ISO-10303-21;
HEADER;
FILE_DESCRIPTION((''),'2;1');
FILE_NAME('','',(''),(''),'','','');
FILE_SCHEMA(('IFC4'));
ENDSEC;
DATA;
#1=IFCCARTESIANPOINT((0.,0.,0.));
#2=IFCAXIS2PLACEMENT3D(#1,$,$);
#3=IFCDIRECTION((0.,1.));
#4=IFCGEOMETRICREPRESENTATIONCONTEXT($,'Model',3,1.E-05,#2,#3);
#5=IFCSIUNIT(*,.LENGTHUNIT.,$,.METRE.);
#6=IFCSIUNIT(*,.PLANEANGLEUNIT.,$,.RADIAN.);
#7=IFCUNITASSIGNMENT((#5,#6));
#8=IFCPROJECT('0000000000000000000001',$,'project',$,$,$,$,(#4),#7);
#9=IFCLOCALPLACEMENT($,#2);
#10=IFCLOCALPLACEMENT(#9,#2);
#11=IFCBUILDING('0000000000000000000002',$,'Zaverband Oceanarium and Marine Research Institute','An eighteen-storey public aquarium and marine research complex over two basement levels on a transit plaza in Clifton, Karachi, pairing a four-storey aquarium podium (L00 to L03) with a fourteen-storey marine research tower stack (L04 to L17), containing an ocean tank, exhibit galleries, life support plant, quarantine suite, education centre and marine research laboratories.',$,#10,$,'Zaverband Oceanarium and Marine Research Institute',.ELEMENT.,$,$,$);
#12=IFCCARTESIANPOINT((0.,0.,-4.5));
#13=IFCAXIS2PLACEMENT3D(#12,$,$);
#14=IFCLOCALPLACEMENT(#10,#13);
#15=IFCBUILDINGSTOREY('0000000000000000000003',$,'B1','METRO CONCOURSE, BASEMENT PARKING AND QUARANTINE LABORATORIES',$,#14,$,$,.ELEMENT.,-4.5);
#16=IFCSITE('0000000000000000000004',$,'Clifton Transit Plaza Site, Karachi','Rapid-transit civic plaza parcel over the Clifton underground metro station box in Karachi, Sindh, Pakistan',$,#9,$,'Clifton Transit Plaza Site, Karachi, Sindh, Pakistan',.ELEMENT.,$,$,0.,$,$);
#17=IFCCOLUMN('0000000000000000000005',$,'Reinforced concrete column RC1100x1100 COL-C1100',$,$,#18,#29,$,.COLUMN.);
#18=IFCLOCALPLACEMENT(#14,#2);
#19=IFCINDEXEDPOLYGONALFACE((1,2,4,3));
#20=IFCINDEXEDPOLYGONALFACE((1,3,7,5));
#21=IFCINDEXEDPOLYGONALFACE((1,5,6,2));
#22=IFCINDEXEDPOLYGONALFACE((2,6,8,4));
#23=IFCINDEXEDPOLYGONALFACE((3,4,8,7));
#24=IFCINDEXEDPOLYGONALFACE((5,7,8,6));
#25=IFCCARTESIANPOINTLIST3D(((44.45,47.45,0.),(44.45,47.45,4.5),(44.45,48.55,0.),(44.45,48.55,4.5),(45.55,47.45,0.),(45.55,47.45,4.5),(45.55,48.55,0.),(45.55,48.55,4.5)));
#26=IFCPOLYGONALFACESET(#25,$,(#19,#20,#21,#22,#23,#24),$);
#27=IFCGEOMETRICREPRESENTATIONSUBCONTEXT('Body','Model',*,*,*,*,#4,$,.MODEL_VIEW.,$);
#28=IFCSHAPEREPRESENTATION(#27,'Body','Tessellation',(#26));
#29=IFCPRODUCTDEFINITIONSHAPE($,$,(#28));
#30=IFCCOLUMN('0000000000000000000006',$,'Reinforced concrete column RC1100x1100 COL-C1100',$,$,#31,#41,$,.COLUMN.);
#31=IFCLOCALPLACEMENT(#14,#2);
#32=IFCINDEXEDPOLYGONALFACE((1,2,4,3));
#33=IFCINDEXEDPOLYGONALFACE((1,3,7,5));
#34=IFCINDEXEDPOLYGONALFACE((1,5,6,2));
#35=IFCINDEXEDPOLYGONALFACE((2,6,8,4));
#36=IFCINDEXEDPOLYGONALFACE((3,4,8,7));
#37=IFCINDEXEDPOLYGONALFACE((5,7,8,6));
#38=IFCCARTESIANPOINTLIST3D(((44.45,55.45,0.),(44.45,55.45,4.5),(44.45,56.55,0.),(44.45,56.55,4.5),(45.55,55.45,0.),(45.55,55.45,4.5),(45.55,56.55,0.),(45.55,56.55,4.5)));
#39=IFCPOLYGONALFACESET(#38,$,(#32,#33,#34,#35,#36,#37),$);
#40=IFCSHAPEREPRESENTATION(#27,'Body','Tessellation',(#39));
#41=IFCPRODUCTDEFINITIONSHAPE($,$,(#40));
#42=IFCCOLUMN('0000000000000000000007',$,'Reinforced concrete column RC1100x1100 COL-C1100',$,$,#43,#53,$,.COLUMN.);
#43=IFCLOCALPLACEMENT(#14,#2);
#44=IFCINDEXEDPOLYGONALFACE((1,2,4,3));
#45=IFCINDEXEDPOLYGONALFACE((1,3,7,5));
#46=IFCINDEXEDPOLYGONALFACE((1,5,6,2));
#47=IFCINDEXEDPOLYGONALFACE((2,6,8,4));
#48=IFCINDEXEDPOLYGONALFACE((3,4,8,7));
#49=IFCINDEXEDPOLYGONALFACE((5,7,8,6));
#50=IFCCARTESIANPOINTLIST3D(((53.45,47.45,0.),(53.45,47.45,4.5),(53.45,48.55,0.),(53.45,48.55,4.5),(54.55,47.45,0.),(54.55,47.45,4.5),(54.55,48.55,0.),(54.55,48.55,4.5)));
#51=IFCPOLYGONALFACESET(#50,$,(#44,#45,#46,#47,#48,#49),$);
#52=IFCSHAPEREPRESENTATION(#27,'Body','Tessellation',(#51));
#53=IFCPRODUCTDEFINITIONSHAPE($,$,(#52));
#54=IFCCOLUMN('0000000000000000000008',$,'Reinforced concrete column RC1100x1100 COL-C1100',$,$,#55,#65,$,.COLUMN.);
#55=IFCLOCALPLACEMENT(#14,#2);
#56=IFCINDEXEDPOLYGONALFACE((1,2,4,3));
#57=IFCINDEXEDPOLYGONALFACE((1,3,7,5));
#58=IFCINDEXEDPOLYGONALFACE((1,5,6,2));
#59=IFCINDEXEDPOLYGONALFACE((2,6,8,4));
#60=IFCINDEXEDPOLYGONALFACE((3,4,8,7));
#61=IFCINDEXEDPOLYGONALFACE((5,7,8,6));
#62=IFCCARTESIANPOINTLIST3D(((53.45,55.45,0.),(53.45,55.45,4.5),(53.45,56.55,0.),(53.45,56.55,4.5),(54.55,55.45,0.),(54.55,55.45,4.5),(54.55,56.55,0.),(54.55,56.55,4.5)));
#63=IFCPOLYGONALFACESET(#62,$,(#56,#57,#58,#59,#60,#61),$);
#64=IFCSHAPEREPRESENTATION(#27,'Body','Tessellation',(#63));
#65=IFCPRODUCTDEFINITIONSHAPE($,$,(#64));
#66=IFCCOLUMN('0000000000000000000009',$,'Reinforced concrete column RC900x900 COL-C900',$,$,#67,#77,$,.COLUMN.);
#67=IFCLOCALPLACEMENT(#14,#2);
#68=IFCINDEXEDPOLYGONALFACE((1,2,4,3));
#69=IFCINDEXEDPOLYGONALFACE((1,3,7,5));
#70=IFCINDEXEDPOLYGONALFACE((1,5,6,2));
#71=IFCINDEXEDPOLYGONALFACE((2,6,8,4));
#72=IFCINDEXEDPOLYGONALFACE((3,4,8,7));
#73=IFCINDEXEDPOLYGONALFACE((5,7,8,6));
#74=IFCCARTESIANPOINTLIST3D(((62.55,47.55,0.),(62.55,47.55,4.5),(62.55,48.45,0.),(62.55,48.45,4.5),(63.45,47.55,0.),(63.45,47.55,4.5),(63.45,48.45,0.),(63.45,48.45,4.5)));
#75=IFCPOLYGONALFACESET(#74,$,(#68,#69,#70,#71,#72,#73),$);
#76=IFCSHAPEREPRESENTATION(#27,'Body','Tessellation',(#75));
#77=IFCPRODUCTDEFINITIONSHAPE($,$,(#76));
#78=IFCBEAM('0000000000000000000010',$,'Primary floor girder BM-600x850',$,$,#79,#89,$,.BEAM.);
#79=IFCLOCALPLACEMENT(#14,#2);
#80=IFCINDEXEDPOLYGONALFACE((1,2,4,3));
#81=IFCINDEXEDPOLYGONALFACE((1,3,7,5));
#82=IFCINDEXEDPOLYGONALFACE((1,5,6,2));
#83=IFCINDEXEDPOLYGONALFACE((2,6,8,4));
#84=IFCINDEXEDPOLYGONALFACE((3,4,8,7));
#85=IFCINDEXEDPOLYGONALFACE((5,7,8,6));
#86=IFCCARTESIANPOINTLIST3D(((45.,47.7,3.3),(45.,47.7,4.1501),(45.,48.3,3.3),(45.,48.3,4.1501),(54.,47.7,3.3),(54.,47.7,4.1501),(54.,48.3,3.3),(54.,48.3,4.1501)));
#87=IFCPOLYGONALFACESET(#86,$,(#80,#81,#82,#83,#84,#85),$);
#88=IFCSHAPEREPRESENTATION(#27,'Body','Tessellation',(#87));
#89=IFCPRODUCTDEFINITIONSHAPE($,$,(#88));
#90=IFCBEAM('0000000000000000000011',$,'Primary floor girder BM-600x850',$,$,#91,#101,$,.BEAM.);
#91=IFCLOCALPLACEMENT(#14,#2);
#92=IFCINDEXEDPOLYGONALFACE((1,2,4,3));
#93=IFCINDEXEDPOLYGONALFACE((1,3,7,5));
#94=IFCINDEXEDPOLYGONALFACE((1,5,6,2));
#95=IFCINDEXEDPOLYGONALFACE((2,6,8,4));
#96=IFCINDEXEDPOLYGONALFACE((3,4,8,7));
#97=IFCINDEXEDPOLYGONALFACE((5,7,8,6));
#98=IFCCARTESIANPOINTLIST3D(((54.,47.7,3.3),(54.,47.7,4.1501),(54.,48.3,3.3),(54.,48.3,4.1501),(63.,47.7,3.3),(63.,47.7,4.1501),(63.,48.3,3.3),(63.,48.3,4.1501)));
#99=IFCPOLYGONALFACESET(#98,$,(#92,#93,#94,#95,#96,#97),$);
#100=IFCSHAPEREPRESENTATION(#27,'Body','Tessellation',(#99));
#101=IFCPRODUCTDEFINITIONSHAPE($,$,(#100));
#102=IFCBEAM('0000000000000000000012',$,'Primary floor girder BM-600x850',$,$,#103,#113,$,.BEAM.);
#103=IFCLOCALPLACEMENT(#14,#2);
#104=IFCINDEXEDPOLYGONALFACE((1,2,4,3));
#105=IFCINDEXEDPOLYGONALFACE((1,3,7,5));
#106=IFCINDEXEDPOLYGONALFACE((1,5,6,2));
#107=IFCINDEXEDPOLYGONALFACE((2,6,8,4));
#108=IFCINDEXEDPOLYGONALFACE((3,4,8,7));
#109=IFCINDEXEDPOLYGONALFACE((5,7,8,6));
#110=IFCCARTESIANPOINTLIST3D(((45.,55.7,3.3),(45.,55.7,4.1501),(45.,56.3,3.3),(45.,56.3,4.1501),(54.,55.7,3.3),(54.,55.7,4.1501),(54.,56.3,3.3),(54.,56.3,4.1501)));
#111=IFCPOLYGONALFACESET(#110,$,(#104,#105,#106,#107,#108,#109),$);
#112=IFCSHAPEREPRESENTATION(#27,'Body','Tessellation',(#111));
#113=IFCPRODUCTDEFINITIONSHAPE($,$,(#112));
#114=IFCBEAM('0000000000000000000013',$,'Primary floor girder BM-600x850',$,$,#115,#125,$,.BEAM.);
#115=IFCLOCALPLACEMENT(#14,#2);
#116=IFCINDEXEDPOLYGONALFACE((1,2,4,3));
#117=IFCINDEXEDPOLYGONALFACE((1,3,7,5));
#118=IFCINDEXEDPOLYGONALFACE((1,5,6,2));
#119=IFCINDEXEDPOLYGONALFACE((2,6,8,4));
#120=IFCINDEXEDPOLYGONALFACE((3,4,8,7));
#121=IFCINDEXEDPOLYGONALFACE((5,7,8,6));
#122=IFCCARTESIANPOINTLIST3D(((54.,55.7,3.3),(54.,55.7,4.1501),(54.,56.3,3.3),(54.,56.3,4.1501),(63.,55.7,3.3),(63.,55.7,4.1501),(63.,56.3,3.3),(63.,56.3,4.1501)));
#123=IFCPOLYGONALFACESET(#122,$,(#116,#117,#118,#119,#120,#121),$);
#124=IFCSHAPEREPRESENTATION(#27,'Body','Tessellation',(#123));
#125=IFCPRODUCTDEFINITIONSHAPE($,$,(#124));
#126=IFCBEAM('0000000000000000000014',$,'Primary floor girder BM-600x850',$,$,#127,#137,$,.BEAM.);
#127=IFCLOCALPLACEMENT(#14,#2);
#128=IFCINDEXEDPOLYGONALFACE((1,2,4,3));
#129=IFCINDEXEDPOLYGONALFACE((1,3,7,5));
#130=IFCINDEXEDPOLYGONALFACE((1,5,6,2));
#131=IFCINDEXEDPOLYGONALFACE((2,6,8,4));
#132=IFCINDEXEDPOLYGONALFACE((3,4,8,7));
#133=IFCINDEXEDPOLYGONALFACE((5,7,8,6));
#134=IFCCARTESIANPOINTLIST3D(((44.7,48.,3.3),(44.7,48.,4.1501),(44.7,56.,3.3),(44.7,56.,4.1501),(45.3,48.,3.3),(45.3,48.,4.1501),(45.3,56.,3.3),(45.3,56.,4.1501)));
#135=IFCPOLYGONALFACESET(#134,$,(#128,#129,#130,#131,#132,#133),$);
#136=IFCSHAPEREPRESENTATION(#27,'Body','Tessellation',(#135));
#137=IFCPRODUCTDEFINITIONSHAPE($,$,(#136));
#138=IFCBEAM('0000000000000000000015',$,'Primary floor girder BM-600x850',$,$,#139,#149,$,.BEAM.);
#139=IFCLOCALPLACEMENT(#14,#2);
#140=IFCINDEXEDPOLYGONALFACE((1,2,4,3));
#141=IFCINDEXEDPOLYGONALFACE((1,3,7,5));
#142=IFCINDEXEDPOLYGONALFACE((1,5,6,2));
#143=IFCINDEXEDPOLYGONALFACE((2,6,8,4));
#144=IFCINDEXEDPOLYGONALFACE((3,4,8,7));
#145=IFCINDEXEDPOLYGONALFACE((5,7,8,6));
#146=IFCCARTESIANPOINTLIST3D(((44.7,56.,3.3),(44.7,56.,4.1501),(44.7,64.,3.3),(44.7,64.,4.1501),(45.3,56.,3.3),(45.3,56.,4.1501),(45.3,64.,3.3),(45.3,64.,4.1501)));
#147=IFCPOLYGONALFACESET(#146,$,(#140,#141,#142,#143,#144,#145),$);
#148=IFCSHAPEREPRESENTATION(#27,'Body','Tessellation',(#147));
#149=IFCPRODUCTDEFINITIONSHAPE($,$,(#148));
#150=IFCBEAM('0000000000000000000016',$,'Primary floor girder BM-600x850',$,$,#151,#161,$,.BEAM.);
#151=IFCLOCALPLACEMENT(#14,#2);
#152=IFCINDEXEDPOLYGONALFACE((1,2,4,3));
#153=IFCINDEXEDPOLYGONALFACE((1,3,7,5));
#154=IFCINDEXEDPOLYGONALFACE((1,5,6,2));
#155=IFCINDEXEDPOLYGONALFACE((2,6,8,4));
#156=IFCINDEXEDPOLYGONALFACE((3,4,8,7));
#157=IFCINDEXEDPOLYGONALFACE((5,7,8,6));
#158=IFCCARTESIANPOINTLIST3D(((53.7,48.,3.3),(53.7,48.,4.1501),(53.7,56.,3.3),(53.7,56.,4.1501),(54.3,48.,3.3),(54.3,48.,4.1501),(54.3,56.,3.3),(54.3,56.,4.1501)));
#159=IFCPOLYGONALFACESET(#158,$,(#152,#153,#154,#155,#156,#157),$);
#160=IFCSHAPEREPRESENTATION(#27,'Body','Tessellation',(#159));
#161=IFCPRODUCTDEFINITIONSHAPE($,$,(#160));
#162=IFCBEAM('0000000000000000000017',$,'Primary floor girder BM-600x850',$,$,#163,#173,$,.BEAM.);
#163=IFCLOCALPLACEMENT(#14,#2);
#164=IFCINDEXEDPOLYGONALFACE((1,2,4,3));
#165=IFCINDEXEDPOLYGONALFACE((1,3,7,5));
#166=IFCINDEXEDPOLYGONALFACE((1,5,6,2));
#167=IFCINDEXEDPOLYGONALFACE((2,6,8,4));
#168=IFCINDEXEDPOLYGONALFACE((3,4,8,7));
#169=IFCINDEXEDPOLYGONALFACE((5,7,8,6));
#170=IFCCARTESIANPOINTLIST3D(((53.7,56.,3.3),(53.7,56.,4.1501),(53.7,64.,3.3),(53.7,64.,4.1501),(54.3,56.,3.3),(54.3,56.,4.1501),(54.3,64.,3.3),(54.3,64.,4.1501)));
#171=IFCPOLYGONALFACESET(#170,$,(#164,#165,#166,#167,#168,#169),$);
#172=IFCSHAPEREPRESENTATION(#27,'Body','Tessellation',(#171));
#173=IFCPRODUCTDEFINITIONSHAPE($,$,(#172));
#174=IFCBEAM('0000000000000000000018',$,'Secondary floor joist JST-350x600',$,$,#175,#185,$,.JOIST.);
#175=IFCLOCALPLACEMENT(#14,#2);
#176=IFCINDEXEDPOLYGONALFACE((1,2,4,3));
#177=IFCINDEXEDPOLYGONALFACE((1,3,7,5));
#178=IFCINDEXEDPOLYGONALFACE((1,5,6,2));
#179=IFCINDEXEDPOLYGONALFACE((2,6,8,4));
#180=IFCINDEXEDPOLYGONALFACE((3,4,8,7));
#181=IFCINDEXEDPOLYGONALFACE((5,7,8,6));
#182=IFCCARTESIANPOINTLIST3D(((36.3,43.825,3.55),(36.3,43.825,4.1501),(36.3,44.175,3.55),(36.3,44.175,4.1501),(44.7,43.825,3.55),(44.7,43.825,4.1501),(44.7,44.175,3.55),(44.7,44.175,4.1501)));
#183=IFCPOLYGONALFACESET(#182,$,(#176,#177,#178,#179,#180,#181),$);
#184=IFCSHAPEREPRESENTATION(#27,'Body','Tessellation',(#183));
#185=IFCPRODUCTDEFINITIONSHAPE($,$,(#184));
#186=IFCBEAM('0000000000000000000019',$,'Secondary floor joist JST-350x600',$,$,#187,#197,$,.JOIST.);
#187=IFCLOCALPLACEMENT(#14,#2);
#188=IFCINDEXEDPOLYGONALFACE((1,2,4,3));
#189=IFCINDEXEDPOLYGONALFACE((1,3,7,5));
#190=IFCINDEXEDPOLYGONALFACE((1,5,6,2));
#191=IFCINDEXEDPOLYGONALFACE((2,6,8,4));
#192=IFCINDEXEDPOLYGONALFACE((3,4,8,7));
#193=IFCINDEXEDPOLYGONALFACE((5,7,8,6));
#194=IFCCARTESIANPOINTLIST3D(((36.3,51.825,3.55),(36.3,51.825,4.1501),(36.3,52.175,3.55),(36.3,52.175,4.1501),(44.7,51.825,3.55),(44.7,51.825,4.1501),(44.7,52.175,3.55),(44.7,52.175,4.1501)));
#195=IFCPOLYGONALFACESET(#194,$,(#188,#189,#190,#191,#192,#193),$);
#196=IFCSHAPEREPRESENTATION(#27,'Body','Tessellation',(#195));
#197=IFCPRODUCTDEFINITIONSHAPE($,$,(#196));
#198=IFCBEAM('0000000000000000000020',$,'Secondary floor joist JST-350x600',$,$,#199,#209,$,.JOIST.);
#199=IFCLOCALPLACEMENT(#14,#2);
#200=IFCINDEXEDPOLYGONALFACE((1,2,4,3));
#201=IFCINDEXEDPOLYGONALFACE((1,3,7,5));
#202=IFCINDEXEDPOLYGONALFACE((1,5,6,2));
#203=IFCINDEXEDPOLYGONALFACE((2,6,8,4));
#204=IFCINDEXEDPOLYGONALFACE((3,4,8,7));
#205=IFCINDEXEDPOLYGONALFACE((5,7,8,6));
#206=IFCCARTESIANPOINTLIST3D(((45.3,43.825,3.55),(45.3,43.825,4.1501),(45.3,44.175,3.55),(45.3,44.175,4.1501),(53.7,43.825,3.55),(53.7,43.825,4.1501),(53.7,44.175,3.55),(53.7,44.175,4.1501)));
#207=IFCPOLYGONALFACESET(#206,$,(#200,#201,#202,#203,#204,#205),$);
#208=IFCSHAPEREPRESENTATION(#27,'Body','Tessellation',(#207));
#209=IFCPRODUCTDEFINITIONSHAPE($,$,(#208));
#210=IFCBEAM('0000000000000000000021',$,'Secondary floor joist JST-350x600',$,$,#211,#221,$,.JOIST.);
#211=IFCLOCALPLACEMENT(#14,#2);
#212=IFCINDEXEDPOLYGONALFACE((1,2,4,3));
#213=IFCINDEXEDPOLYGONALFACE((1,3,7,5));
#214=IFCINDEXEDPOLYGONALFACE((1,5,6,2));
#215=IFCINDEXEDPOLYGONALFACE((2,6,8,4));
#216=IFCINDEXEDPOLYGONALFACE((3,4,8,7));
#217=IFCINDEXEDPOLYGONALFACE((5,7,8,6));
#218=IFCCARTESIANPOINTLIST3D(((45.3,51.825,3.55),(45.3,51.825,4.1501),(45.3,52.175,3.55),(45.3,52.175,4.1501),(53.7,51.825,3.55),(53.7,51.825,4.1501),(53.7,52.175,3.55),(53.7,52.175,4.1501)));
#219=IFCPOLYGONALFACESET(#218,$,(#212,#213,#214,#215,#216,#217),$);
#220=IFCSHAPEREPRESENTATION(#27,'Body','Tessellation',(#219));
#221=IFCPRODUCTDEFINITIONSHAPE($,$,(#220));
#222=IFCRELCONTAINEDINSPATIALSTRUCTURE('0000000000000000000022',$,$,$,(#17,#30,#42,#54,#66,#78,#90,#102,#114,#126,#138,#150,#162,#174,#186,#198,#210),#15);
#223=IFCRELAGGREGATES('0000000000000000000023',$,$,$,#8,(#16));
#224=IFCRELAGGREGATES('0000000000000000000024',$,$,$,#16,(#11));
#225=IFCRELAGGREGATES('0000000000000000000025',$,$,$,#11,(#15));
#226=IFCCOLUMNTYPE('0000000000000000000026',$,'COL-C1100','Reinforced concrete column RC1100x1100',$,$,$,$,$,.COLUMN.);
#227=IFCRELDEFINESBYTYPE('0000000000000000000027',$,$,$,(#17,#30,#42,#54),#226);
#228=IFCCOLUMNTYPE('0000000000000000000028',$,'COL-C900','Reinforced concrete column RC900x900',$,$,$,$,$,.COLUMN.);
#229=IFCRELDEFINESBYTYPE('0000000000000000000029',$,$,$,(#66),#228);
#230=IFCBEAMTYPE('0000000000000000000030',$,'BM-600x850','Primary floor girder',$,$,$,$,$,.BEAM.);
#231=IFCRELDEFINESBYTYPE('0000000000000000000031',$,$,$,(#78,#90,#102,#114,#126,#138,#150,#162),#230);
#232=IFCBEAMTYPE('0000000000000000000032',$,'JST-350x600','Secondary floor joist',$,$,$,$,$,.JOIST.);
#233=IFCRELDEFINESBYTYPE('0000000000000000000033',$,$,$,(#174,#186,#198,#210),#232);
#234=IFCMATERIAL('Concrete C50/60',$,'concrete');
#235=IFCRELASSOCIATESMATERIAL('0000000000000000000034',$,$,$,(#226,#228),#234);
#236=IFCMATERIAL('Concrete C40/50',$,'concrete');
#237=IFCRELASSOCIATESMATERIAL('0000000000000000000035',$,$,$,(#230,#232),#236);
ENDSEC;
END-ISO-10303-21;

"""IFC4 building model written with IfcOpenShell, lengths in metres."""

from ifc_helpers import new_model, si_unit, direction, frame, origin, origin_2d, place, context, subcontext, project, spatial, rectangle, extrude, material, material_profile, profile_set, type_object, element, save


model = new_model("IFC4")

# Units and contexts
model_context = context("Model", 3, precision=1e-05, world=origin(), true_north=direction((0.0, 1.0)))
body_context = subcontext(model_context, "Body", "Model", "MODEL_VIEW")
ifc_project = project(units=[si_unit("LENGTHUNIT", "METRE"), si_unit("PLANEANGLEUNIT", "RADIAN")], contexts=[model_context])

# Site, building, storey
site_placement = place(None, origin())
site = spatial("IfcSite", under=ifc_project, at=site_placement, Name="Clifton Transit Plaza Site, Karachi", Description="Rapid-transit civic plaza parcel over the Clifton underground metro station box in Karachi, Sindh, Pakistan", LongName="Clifton Transit Plaza Site, Karachi, Sindh, Pakistan", CompositionType="ELEMENT", RefElevation=0.0)
building_placement = place(site_placement, origin())
building = spatial("IfcBuilding", under=site, at=building_placement, Name="Zaverband Oceanarium and Marine Research Institute", Description="An eighteen-storey public aquarium and marine research complex over two basement levels on a transit plaza in Clifton, Karachi, pairing a four-storey aquarium podium (L00 to L03) with a fourteen-storey marine research tower stack (L04 to L17), containing an ocean tank, exhibit galleries, life support plant, quarantine suite, education centre and marine research laboratories.", LongName="Zaverband Oceanarium and Marine Research Institute", CompositionType="ELEMENT")
storey_placement = place(building_placement, frame((0.0, 0.0, -4.5)))
storey = spatial("IfcBuildingStorey", under=building, at=storey_placement, Name="B1", Description="METRO CONCOURSE, BASEMENT PARKING AND QUARANTINE LABORATORIES", CompositionType="ELEMENT", Elevation=-4.5)

# Columns
ifc_material_1 = material(Name="Concrete C50/60", Category="concrete")
ifc_material_profile_1 = material_profile(ifc_material_1, rectangle(XDim=1.1001, YDim=1.1001, at=origin_2d()), Name="RC1100x1100")
ifc_profile_set_1 = profile_set([ifc_material_profile_1], Name="Concrete C50/60")
column_type_1 = type_object("IfcColumnType", Name="COL-C1100", Description="Reinforced concrete column RC1100x1100", PredefinedType="COLUMN", material=ifc_profile_set_1)
for number, where, z_axis, x_axis, name in (
    (1, (45.0, 48.0, 0.0), (0.0, 0.0, 1.0), (1.0, 0.0, 0.0), "Reinforced concrete column RC1100x1100 COL-C1100"),
    (2, (45.0, 56.0, 0.0), (0.0, 0.0, 1.0), (1.0, 0.0, 0.0), "Reinforced concrete column RC1100x1100 COL-C1100"),
    (3, (54.0, 48.0, 0.0), (0.0, 0.0, 1.0), (1.0, 0.0, 0.0), "Reinforced concrete column RC1100x1100 COL-C1100"),
    (4, (54.0, 56.0, 0.0), (0.0, 0.0, 1.0), (1.0, 0.0, 0.0), "Reinforced concrete column RC1100x1100 COL-C1100"),
):
    element("IfcColumn", number, at=place(storey_placement, frame(where, z_axis=z_axis, x_axis=x_axis)), inside=storey, type_object=column_type_1, Name=name, PredefinedType="COLUMN", context=body_context, shape_type="SweptSolid", body=[
        extrude(rectangle(XDim=1.1001, YDim=1.1001, at=origin_2d()), origin(), (0.0, 0.0, 1.0), 4.5),
    ])
ifc_material_profile_2 = material_profile(ifc_material_1, rectangle(XDim=0.8999, YDim=0.8999, at=origin_2d()), Name="RC900x900")
ifc_profile_set_2 = profile_set([ifc_material_profile_2], Name="Concrete C50/60")
column_type_2 = type_object("IfcColumnType", Name="COL-C900", Description="Reinforced concrete column RC900x900", PredefinedType="COLUMN", material=ifc_profile_set_2)
column_placement = place(storey_placement, frame((63.0, 48.0, 0.0), z_axis=(0.0, 0.0, 1.0), x_axis=(1.0, 0.0, 0.0)))
element("IfcColumn", 5, at=column_placement, inside=storey, type_object=column_type_2, Name="Reinforced concrete column RC900x900 COL-C900", PredefinedType="COLUMN", context=body_context, shape_type="SweptSolid", body=[
    extrude(rectangle(XDim=0.8999, YDim=0.8999, at=origin_2d()), origin(), (0.0, 0.0, 1.0), 4.5),
])

# Beams
ifc_material_2 = material(Name="Concrete C40/50", Category="concrete")
ifc_material_profile_3 = material_profile(ifc_material_2, rectangle(XDim=0.6001, YDim=0.8501, at=origin_2d()), Name="RC600x850")
ifc_profile_set_3 = profile_set([ifc_material_profile_3], Name="Concrete C40/50")
beam_type_1 = type_object("IfcBeamType", Name="BM-600x850", Description="Primary floor girder", PredefinedType="BEAM", material=ifc_profile_set_3)
for number, where, z_axis, x_axis, name in (
    (6, (45.0, 48.0, 3.7251), (1.0, 0.0, 0.0), (0.0, 1.0, 0.0), "Primary floor girder BM-600x850"),
    (7, (54.0, 48.0, 3.7251), (1.0, 0.0, 0.0), (0.0, 1.0, 0.0), "Primary floor girder BM-600x850"),
    (8, (45.0, 56.0, 3.7251), (1.0, 0.0, 0.0), (0.0, 1.0, 0.0), "Primary floor girder BM-600x850"),
    (9, (54.0, 56.0, 3.7251), (1.0, 0.0, 0.0), (0.0, 1.0, 0.0), "Primary floor girder BM-600x850"),
):
    element("IfcBeam", number, at=place(storey_placement, frame(where, z_axis=z_axis, x_axis=x_axis)), inside=storey, type_object=beam_type_1, Name=name, PredefinedType="BEAM", context=body_context, shape_type="SweptSolid", body=[
        extrude(rectangle(XDim=0.6001, YDim=0.8501, at=origin_2d()), origin(), (0.0, 0.0, 1.0), 9.0),
    ])
for number, where, z_axis, x_axis, name in (
    (10, (45.0, 48.0, 3.7251), (0.0, 1.0, 0.0), (-1.0, 0.0, 0.0), "Primary floor girder BM-600x850"),
    (11, (45.0, 56.0, 3.7251), (0.0, 1.0, 0.0), (-1.0, 0.0, 0.0), "Primary floor girder BM-600x850"),
    (12, (54.0, 48.0, 3.7251), (0.0, 1.0, 0.0), (-1.0, 0.0, 0.0), "Primary floor girder BM-600x850"),
    (13, (54.0, 56.0, 3.7251), (0.0, 1.0, 0.0), (-1.0, 0.0, 0.0), "Primary floor girder BM-600x850"),
):
    element("IfcBeam", number, at=place(storey_placement, frame(where, z_axis=z_axis, x_axis=x_axis)), inside=storey, type_object=beam_type_1, Name=name, PredefinedType="BEAM", context=body_context, shape_type="SweptSolid", body=[
        extrude(rectangle(XDim=0.6001, YDim=0.8501, at=origin_2d()), origin(), (0.0, 0.0, 1.0), 8.0),
    ])
ifc_material_profile_4 = material_profile(ifc_material_2, rectangle(XDim=0.3501, YDim=0.6001, at=origin_2d()), Name="RC350x600")
ifc_profile_set_4 = profile_set([ifc_material_profile_4], Name="Concrete C40/50")
beam_type_2 = type_object("IfcBeamType", Name="JST-350x600", Description="Secondary floor joist", PredefinedType="JOIST", material=ifc_profile_set_4)
for number, where, z_axis, x_axis, name in (
    (14, (36.3, 44.0, 3.8501), (1.0, 0.0, 0.0), (0.0, 1.0, 0.0), "Secondary floor joist JST-350x600"),
    (15, (36.3, 52.0, 3.8501), (1.0, 0.0, 0.0), (0.0, 1.0, 0.0), "Secondary floor joist JST-350x600"),
    (16, (45.3, 44.0, 3.8501), (1.0, 0.0, 0.0), (0.0, 1.0, 0.0), "Secondary floor joist JST-350x600"),
    (17, (45.3, 52.0, 3.8501), (1.0, 0.0, 0.0), (0.0, 1.0, 0.0), "Secondary floor joist JST-350x600"),
):
    element("IfcBeam", number, at=place(storey_placement, frame(where, z_axis=z_axis, x_axis=x_axis)), inside=storey, type_object=beam_type_2, Name=name, PredefinedType="JOIST", context=body_context, shape_type="SweptSolid", body=[
        extrude(rectangle(XDim=0.3501, YDim=0.6001, at=origin_2d()), origin(), (0.0, 0.0, 1.0), 8.3999),
    ])

save(model, "model.ifc")
